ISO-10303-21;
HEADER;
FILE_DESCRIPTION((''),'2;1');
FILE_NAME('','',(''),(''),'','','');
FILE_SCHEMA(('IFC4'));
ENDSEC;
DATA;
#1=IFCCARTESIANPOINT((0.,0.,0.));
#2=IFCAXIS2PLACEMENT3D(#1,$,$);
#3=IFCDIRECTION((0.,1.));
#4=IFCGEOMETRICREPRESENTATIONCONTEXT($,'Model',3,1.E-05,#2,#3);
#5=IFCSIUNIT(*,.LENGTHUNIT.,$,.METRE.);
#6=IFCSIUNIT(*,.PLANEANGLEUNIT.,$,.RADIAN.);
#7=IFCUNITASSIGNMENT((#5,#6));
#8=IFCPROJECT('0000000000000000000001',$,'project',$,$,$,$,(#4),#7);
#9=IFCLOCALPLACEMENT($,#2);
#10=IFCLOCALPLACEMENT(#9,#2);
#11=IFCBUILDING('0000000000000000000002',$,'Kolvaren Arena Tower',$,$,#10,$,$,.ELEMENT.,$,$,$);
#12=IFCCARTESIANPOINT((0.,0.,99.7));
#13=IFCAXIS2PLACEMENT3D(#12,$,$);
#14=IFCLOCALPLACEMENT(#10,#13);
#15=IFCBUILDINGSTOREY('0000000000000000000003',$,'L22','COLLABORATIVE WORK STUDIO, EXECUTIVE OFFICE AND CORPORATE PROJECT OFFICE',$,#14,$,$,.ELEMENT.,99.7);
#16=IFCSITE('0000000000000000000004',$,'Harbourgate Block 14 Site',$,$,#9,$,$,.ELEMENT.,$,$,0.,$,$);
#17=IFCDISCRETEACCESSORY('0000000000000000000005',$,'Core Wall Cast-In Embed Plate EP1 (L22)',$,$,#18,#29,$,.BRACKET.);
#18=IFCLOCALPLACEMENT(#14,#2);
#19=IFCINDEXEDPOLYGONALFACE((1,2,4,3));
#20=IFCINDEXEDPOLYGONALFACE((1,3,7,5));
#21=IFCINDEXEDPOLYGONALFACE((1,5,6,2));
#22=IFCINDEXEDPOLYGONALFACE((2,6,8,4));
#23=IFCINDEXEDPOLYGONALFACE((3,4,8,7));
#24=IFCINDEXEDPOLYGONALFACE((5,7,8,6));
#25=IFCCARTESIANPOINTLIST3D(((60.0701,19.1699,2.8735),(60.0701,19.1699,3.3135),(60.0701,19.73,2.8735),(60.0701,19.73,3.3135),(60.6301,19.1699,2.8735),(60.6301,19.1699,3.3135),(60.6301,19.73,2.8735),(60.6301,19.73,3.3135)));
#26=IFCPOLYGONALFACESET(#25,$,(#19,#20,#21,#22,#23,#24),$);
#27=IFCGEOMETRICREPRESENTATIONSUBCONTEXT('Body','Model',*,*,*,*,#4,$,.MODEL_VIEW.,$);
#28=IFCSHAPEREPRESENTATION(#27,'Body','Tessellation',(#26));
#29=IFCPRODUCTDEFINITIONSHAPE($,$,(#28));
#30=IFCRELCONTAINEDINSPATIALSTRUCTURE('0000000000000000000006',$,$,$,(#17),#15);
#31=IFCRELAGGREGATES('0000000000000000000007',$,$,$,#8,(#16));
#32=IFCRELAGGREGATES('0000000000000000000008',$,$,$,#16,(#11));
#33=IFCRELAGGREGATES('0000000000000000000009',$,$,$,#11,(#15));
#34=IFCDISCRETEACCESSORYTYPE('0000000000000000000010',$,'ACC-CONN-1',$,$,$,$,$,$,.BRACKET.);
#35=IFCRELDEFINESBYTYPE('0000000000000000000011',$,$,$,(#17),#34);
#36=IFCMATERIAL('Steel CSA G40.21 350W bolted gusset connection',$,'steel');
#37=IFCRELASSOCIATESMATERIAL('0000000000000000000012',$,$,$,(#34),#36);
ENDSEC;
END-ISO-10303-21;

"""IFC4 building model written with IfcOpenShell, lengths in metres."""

from ifc_helpers import new_model, si_unit, direction, frame, origin, origin_2d, place, context, subcontext, project, spatial, rectangle, extrude, material, type_object, element, save


model = new_model("IFC4")

# Units and contexts
model_context = context("Model", 3, precision=1e-05, world=origin(), true_north=direction((0.0, 1.0)))
body_context = subcontext(model_context, "Body", "Model", "MODEL_VIEW")
ifc_project = project(units=[si_unit("LENGTHUNIT", "METRE"), si_unit("PLANEANGLEUNIT", "RADIAN")], contexts=[model_context])

# Site, building, storey
site_placement = place(None, origin())
site = spatial("IfcSite", under=ifc_project, at=site_placement, Name="Harbourgate Block 14 Site", CompositionType="ELEMENT", RefElevation=0.0)
building_placement = place(site_placement, origin())
building = spatial("IfcBuilding", under=site, at=building_placement, Name="Kolvaren Arena Tower", CompositionType="ELEMENT")
storey_placement = place(building_placement, frame((0.0, 0.0, 99.7)))
storey = spatial("IfcBuildingStorey", under=building, at=storey_placement, Name="L22", Description="COLLABORATIVE WORK STUDIO, EXECUTIVE OFFICE AND CORPORATE PROJECT OFFICE", CompositionType="ELEMENT", Elevation=99.7)

# Discrete accessory
ifc_material_1 = material(Name="Steel CSA G40.21 350W bolted gusset connection", Category="steel")
discrete_accessory_type_1 = type_object("IfcDiscreteAccessoryType", Name="ACC-CONN-1", PredefinedType="BRACKET", material=ifc_material_1)
discrete_accessory_1_placement = place(storey_placement, frame((60.3501, 19.45, 2.8735), z_axis=(0.0, 0.0, 1.0), x_axis=(1.0, 0.0, 0.0)))
element("IfcDiscreteAccessory", 1, at=discrete_accessory_1_placement, inside=storey, type_object=discrete_accessory_type_1, Name="Core Wall Cast-In Embed Plate EP1 (L22)", PredefinedType="BRACKET", context=body_context, shape_type="SweptSolid", body=[
    extrude(rectangle(XDim=0.5601, YDim=0.5601, at=origin_2d()), origin(), (0.0, 0.0, 1.0), 0.4399),
])

save(model, "model.ifc")
